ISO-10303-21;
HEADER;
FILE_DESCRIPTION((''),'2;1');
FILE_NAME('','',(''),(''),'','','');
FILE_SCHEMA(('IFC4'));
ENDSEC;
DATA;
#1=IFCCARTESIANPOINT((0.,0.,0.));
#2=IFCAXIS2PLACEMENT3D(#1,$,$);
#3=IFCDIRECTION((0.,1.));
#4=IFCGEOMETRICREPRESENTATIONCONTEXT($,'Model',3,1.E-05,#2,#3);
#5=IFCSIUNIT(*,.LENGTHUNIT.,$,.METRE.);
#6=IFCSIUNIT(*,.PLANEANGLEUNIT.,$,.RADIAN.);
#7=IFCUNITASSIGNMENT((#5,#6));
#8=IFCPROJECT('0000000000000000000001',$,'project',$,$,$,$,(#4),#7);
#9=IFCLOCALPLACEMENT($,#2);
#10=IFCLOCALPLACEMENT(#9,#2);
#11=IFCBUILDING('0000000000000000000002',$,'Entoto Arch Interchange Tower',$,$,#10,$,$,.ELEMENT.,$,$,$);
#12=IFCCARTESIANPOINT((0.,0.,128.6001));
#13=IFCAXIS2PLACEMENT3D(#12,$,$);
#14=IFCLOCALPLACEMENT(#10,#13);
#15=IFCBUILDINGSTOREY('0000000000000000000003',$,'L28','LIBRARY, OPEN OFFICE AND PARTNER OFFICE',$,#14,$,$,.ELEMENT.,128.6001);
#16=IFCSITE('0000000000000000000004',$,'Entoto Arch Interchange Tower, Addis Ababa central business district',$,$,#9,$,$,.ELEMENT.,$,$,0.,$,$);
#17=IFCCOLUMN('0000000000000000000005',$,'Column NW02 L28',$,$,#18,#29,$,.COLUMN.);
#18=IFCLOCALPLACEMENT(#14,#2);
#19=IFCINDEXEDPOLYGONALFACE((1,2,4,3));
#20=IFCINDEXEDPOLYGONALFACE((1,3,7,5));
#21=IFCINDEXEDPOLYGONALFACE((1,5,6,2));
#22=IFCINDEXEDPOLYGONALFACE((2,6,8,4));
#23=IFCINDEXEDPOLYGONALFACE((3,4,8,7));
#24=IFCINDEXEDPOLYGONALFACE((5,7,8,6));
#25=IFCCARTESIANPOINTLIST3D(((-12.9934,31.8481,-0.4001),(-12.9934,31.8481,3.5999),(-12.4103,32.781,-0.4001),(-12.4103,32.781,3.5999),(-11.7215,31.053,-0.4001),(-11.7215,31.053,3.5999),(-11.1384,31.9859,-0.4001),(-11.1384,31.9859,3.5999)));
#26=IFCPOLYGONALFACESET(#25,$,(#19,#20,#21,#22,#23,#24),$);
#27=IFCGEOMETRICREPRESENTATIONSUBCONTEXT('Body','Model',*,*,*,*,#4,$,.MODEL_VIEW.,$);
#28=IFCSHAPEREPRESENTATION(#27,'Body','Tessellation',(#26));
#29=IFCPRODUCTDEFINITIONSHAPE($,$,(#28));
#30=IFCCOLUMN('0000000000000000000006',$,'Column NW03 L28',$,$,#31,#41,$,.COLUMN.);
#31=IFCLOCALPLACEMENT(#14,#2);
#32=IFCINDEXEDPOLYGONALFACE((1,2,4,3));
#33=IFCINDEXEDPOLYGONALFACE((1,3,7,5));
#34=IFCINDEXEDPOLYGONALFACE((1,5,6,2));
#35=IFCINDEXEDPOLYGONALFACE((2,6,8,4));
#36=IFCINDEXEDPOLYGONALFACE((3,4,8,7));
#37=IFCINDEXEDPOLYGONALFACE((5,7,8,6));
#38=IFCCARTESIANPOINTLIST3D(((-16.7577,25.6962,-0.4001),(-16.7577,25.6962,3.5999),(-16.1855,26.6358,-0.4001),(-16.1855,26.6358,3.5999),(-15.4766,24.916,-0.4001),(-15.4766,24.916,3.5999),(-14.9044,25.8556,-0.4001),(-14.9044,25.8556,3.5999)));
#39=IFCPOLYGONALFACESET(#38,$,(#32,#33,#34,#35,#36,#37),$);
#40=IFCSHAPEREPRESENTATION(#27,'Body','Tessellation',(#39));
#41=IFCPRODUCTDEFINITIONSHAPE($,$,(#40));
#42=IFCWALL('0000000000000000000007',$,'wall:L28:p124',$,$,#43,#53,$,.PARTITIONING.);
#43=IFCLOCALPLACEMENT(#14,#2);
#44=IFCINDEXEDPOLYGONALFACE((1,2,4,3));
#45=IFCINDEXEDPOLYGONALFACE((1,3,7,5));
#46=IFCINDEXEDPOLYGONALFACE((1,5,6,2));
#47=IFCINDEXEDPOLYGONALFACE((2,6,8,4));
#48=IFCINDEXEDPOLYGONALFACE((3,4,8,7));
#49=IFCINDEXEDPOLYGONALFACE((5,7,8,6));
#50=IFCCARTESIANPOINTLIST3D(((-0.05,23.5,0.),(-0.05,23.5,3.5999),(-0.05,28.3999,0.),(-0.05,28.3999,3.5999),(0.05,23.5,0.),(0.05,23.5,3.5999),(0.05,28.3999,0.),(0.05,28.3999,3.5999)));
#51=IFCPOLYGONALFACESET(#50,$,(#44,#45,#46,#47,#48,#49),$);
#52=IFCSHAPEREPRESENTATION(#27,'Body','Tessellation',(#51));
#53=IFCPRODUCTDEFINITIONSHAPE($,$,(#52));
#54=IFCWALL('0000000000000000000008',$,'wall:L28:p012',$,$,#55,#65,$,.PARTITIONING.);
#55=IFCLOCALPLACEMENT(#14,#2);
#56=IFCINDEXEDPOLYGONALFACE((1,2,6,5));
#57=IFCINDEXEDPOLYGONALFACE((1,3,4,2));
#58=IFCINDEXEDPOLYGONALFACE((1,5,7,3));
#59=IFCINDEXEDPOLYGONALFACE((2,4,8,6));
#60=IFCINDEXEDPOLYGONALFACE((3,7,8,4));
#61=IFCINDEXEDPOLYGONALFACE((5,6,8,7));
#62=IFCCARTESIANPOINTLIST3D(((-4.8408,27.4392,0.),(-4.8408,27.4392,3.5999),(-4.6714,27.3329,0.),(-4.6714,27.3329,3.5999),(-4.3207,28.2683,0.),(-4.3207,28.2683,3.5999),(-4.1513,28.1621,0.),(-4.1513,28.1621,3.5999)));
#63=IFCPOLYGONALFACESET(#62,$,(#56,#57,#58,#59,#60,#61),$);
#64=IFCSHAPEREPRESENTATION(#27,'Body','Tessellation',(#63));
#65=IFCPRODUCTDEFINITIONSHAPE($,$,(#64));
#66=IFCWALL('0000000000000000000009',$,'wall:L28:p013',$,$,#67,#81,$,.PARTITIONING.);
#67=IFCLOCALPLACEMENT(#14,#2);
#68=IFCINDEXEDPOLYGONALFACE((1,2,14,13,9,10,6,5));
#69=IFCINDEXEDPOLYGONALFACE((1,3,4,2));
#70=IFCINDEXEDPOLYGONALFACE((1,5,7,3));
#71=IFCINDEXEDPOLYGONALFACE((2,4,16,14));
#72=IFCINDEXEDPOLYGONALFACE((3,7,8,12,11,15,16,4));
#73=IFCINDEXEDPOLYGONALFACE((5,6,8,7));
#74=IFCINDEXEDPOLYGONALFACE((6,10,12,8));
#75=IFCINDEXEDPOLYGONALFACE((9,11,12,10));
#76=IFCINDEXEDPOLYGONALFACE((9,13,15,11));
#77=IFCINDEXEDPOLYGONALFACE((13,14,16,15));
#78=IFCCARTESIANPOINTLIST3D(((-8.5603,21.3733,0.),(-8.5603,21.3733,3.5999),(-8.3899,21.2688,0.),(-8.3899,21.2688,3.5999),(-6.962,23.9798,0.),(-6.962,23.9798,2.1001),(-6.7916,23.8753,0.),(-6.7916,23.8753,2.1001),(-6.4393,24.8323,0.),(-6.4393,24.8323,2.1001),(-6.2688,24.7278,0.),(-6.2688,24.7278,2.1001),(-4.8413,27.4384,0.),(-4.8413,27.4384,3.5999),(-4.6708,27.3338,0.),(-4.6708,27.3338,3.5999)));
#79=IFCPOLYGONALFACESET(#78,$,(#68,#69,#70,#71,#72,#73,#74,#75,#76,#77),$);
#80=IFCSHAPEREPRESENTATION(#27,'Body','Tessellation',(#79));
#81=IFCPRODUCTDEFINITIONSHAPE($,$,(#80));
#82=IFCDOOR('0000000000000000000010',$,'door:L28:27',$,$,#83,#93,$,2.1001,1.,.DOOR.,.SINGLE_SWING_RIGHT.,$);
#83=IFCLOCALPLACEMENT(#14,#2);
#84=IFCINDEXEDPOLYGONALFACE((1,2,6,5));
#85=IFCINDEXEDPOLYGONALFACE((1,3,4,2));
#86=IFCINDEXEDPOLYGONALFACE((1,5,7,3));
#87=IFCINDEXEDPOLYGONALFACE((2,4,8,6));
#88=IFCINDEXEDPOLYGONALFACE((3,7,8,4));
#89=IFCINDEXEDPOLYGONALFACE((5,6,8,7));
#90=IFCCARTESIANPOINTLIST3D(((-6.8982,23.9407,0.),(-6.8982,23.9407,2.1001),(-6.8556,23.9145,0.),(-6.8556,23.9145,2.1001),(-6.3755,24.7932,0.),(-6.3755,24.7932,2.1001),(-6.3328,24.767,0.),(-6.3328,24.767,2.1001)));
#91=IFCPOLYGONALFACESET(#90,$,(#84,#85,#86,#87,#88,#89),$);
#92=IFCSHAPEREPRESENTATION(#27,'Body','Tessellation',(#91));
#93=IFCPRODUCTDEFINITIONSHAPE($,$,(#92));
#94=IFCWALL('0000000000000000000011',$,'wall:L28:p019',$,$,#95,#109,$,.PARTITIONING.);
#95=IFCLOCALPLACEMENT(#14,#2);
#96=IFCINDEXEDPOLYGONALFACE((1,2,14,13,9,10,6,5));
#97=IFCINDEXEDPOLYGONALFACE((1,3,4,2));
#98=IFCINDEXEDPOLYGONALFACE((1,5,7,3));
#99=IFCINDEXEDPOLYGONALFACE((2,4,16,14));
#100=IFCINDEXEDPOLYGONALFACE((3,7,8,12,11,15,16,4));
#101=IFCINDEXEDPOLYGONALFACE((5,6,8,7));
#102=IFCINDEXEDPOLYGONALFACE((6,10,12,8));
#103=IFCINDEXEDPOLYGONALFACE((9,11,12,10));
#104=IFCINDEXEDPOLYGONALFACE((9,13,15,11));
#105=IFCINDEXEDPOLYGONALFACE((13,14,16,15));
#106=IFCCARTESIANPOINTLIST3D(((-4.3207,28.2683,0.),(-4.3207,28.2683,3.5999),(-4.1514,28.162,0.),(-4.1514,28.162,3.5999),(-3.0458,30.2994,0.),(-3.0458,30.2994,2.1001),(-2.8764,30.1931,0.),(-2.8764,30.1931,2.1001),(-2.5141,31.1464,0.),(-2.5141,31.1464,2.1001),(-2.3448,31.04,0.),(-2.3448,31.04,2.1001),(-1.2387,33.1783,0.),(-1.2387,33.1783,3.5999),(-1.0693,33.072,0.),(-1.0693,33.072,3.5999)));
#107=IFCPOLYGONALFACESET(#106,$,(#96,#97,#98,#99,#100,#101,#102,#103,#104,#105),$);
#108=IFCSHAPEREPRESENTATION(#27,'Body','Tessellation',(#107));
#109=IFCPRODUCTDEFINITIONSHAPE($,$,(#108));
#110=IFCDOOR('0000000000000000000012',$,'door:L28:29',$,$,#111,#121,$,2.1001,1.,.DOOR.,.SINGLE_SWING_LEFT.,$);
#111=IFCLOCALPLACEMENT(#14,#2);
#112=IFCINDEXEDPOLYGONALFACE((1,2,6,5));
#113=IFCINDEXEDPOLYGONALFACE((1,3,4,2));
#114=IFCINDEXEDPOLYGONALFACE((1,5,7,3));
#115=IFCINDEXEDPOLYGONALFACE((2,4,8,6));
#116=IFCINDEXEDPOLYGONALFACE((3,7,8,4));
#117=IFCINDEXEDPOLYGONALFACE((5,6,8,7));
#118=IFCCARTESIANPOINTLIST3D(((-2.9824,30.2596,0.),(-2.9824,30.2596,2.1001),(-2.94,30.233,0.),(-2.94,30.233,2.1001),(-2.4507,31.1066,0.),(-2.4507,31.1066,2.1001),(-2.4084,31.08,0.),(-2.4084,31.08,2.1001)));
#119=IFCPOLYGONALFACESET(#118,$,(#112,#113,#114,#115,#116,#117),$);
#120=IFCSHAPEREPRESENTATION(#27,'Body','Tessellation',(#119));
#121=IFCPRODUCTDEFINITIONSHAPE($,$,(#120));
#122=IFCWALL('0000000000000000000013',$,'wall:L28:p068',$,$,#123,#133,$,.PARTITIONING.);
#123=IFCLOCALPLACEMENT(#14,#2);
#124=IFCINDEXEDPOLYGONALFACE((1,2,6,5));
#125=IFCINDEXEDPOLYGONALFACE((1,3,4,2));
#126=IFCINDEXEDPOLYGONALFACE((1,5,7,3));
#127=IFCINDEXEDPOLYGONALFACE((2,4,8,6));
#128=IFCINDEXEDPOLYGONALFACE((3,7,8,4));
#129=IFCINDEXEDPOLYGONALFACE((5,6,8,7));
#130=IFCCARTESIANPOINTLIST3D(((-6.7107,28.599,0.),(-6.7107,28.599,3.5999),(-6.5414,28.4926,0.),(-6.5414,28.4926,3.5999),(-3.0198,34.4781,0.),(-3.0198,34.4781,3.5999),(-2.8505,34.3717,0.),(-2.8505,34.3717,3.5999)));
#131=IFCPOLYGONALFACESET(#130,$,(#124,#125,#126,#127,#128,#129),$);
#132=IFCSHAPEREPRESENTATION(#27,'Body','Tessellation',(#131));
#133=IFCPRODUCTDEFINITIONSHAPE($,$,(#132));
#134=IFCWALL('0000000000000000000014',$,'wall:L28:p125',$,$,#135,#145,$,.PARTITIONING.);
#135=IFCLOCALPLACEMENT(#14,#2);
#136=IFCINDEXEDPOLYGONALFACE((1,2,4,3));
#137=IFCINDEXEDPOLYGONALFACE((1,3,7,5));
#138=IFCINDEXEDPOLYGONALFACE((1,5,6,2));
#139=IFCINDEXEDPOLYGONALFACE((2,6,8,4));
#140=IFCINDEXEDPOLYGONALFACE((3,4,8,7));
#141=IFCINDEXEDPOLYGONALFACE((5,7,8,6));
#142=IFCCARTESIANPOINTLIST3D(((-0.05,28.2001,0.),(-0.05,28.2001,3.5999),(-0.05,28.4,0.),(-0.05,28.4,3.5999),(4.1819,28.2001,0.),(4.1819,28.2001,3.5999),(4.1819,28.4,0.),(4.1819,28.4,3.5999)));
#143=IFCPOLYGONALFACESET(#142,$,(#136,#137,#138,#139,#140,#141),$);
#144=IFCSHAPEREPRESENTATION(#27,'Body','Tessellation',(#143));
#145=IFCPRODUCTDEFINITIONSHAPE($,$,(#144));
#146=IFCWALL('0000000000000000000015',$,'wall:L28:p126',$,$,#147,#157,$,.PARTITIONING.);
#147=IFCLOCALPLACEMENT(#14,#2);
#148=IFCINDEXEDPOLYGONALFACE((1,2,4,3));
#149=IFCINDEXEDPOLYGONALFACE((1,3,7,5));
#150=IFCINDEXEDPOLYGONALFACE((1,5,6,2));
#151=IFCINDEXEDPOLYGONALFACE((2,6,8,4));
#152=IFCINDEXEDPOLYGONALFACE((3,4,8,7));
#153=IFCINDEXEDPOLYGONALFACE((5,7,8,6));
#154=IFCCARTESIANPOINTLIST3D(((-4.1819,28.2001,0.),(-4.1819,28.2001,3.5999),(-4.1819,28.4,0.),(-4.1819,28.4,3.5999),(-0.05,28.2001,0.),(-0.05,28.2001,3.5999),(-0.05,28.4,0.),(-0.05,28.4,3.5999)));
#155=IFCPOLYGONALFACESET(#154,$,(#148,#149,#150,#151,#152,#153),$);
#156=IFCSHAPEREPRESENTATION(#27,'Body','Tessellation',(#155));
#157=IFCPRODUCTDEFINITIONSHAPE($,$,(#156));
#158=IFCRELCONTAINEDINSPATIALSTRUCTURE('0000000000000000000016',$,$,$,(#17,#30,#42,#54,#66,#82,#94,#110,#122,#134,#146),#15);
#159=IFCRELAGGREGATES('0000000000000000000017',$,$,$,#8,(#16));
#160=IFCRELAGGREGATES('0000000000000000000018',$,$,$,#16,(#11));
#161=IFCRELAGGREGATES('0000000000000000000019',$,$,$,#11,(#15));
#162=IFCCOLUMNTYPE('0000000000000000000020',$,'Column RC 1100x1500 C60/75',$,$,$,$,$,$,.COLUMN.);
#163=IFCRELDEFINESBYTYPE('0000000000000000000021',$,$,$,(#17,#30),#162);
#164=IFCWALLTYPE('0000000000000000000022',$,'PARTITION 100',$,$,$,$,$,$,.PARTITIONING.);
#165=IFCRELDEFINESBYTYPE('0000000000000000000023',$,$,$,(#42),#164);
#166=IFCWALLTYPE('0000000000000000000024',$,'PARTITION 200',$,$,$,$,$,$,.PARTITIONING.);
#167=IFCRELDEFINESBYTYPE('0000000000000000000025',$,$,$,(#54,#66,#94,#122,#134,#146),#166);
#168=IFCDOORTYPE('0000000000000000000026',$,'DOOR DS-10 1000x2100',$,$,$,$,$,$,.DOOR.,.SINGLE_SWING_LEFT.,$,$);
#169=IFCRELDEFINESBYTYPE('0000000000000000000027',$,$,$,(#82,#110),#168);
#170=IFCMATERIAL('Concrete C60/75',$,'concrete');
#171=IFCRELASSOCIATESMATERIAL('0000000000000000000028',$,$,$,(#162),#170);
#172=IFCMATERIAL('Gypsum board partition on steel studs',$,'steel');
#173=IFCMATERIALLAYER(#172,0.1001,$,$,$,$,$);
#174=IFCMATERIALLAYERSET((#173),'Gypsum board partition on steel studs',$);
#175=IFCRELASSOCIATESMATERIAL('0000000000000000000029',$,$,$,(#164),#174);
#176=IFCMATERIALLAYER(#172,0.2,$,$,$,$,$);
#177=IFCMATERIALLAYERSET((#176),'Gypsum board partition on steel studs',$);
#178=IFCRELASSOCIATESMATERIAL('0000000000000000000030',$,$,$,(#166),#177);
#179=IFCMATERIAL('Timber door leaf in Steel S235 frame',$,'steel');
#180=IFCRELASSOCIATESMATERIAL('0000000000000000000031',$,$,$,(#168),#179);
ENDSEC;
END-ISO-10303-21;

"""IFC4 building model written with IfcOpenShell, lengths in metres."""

from ifc_helpers import new_model, si_unit, direction, frame, frame_2d, origin, origin_2d, place, context, subcontext, project, spatial, rectangle, extrude, material, layer, layer_set, material_profile, profile_set, type_object, element, fill, save


model = new_model("IFC4")

# Units and contexts
model_context = context("Model", 3, precision=1e-05, world=origin(), true_north=direction((0.0, 1.0)))
body_context = subcontext(model_context, "Body", "Model", "MODEL_VIEW")
ifc_project = project(units=[si_unit("LENGTHUNIT", "METRE"), si_unit("PLANEANGLEUNIT", "RADIAN")], contexts=[model_context])

# Site, building, storey
site_placement = place(None, origin())
site = spatial("IfcSite", under=ifc_project, at=site_placement, Name="Entoto Arch Interchange Tower, Addis Ababa central business district", CompositionType="ELEMENT", RefElevation=0.0)
building_placement = place(site_placement, origin())
building = spatial("IfcBuilding", under=site, at=building_placement, Name="Entoto Arch Interchange Tower", CompositionType="ELEMENT")
storey_placement = place(building_placement, frame((0.0, 0.0, 128.6001)))
storey = spatial("IfcBuildingStorey", under=building, at=storey_placement, Name="L28", Description="LIBRARY, OPEN OFFICE AND PARTNER OFFICE", CompositionType="ELEMENT", Elevation=128.6001)

# Columns
ifc_material_1 = material(Name="Concrete C60/75", Category="concrete")
ifc_material_profile = material_profile(ifc_material_1, rectangle(XDim=1.1001, YDim=1.5, at=origin_2d()))
ifc_profile_set = profile_set([ifc_material_profile], Name="Concrete C60/75")
column_type = type_object("IfcColumnType", Name="Column RC 1100x1500 C60/75", PredefinedType="COLUMN", material=ifc_profile_set)
for number, where, z_axis, x_axis, name in (
    (1, (-12.0659, 31.917, -0.4001), (0.0, 0.0, 1.0), (0.530067, 0.847956, 0.0), "Column NW02 L28"),
    (2, (-15.8311, 25.7759, -0.4001), (0.0, 0.0, 1.0), (0.520116, 0.854096, 0.0), "Column NW03 L28"),
):
    element("IfcColumn", number, at=place(storey_placement, frame(where, z_axis=z_axis, x_axis=x_axis)), inside=storey, type_object=column_type, Name=name, PredefinedType="COLUMN", context=body_context, shape_type="SweptSolid", body=[
        extrude(rectangle(XDim=1.1001, YDim=1.5, at=origin_2d()), origin(), (0.0, 0.0, 1.0), 4.0),
    ])

# Walls
ifc_material_2 = material(Name="Gypsum board partition on steel studs", Category="steel")
ifc_layer_1 = layer(ifc_material_2, 0.1001)
ifc_layer_set_1 = layer_set([ifc_layer_1], Name="Gypsum board partition on steel studs")
wall_type_1 = type_object("IfcWallType", Name="PARTITION 100", PredefinedType="PARTITIONING", material=ifc_layer_set_1)
wall_1_placement = place(storey_placement, frame((0.0, 23.5, 0.0), z_axis=(0.0, 0.0, 1.0), x_axis=(0.0, 1.0, 0.0)))
element("IfcWall", 3, at=wall_1_placement, inside=storey, type_object=wall_type_1, Name="wall:L28:p124", PredefinedType="PARTITIONING", context=body_context, shape_type="SweptSolid", body=[
    extrude(rectangle(XDim=4.8999, YDim=0.1001, at=frame_2d((2.45, 0.0))), origin(), (0.0, 0.0, 1.0), 3.5999),
])
ifc_layer_2 = layer(ifc_material_2, 0.2)
ifc_layer_set_2 = layer_set([ifc_layer_2], Name="Gypsum board partition on steel studs")
wall_type_2 = type_object("IfcWallType", Name="PARTITION 200", PredefinedType="PARTITIONING", material=ifc_layer_set_2)
wall_2_placement = place(storey_placement, frame((-4.2361, 28.2151, 0.0), z_axis=(0.0, 0.0, 1.0), x_axis=(-0.531344, -0.847156, 0.0)))
element("IfcWall", 4, at=wall_2_placement, inside=storey, type_object=wall_type_2, Name="wall:L28:p012", PredefinedType="PARTITIONING", context=body_context, shape_type="SweptSolid", body=[
    extrude(rectangle(XDim=0.9788, YDim=0.2, at=frame_2d((0.4893, 0.0))), origin(), (0.0, 0.0, 1.0), 3.5999),
])

# Walls, openings, doors
wall_3_placement = place(storey_placement, frame((-4.7561, 27.386, 0.0), z_axis=(0.0, 0.0, 1.0), x_axis=(-0.522743, -0.85249, 0.0)))
wall_3 = element("IfcWall", 5, at=wall_3_placement, inside=storey, type_object=wall_type_2, Name="wall:L28:p013", PredefinedType="PARTITIONING", context=body_context, shape_type="SweptSolid", body=[
    extrude(rectangle(XDim=7.1145, YDim=0.2, at=frame_2d((3.5571, 0.0))), origin(), (0.0, 0.0, 1.0), 3.5999),
])
opening_1_placement = place(wall_3_placement, frame((3.0569, 0.0, 0.0)))
opening_1 = element("IfcOpeningElement", 6, at=opening_1_placement, cuts=wall_3, PredefinedType="OPENING", context=body_context, shape_type="SweptSolid", body=[
    extrude(rectangle(XDim=1.0, YDim=2.1001, at=frame_2d((0.5, 1.05))), frame((0.0, 0.1099, 0.0), z_axis=(0.0, -1.0, 0.0), x_axis=(1.0, 0.0, 0.0)), (0.0, 0.0, 1.0), 0.22),
])
ifc_material_3 = material(Name="Timber door leaf in Steel S235 frame", Category="steel")
door_type = type_object("IfcDoorType", Name="DOOR DS-10 1000x2100", OperationType="SINGLE_SWING_LEFT", PredefinedType="DOOR", material=ifc_material_3)
door_1_placement = place(opening_1_placement, origin())
door_1 = element("IfcDoor", 7, at=door_1_placement, inside=storey, type_object=door_type, Name="door:L28:27", OperationType="SINGLE_SWING_RIGHT", OverallHeight=2.1001, OverallWidth=1.0, PredefinedType="DOOR", context=body_context, shape_type="SweptSolid", body=[
    extrude(rectangle(XDim=1.0, YDim=2.1001, at=frame_2d((0.5, 1.05))), frame((0.0, 0.0249, 0.0), z_axis=(0.0, -1.0, 0.0), x_axis=(1.0, 0.0, 0.0)), (0.0, 0.0, 1.0), 0.05),
])
fill(opening_1, door_1)
wall_4_placement = place(storey_placement, frame((-1.1541, 33.125, 0.0), z_axis=(0.0, 0.0, 1.0), x_axis=(-0.531652, -0.846963, 0.0)))
wall_4 = element("IfcWall", 8, at=wall_4_placement, inside=storey, type_object=wall_type_2, Name="wall:L28:p019", PredefinedType="PARTITIONING", context=body_context, shape_type="SweptSolid", body=[
    extrude(rectangle(XDim=5.7971, YDim=0.2, at=frame_2d((2.8984, 0.0))), origin(), (0.0, 0.0, 1.0), 3.5999),
])
opening_2_placement = place(wall_4_placement, frame((2.3989, 0.0, 0.0)))
opening_2 = element("IfcOpeningElement", 9, at=opening_2_placement, cuts=wall_4, PredefinedType="OPENING", context=body_context, shape_type="SweptSolid", body=[
    extrude(rectangle(XDim=1.0, YDim=2.1001, at=frame_2d((0.5, 1.05))), frame((0.0, 0.1099, 0.0), z_axis=(0.0, -1.0, 0.0), x_axis=(1.0, 0.0, 0.0)), (0.0, 0.0, 1.0), 0.22),
])
door_2_placement = place(opening_2_placement, origin())
door_2 = element("IfcDoor", 10, at=door_2_placement, inside=storey, type_object=door_type, Name="door:L28:29", OperationType="SINGLE_SWING_LEFT", OverallHeight=2.1001, OverallWidth=1.0, PredefinedType="DOOR", context=body_context, shape_type="SweptSolid", body=[
    extrude(rectangle(XDim=1.0, YDim=2.1001, at=frame_2d((0.5, 1.05))), frame((0.0, 0.0249, 0.0), z_axis=(0.0, -1.0, 0.0), x_axis=(1.0, 0.0, 0.0)), (0.0, 0.0, 1.0), 0.05),
])
fill(opening_2, door_2)

# Walls
wall_5_placement = place(storey_placement, frame((-6.626, 28.5459, 0.0), z_axis=(0.0, 0.0, 1.0), x_axis=(0.531702, 0.846932, 0.0)))
element("IfcWall", 11, at=wall_5_placement, inside=storey, type_object=wall_type_2, Name="wall:L28:p068", PredefinedType="PARTITIONING", context=body_context, shape_type="SweptSolid", body=[
    extrude(rectangle(XDim=6.9417, YDim=0.2, at=frame_2d((3.4707, 0.0))), origin(), (0.0, 0.0, 1.0), 3.5999),
])
wall_6_placement = place(storey_placement, frame((-0.05, 28.3, 0.0), z_axis=(0.0, 0.0, 1.0), x_axis=(1.0, 0.0, 0.0)))
element("IfcWall", 12, at=wall_6_placement, inside=storey, type_object=wall_type_2, Name="wall:L28:p125", PredefinedType="PARTITIONING", context=body_context, shape_type="SweptSolid", body=[
    extrude(rectangle(XDim=4.2319, YDim=0.2, at=frame_2d((2.116, 0.0))), origin(), (0.0, 0.0, 1.0), 3.5999),
])
wall_7_placement = place(storey_placement, frame((-4.1819, 28.3, 0.0), z_axis=(0.0, 0.0, 1.0), x_axis=(1.0, 0.0, 0.0)))
element("IfcWall", 13, at=wall_7_placement, inside=storey, type_object=wall_type_2, Name="wall:L28:p126", PredefinedType="PARTITIONING", context=body_context, shape_type="SweptSolid", body=[
    extrude(rectangle(XDim=4.1318, YDim=0.2, at=frame_2d((2.0659, 0.0))), origin(), (0.0, 0.0, 1.0), 3.5999),
])

save(model, "model.ifc")
